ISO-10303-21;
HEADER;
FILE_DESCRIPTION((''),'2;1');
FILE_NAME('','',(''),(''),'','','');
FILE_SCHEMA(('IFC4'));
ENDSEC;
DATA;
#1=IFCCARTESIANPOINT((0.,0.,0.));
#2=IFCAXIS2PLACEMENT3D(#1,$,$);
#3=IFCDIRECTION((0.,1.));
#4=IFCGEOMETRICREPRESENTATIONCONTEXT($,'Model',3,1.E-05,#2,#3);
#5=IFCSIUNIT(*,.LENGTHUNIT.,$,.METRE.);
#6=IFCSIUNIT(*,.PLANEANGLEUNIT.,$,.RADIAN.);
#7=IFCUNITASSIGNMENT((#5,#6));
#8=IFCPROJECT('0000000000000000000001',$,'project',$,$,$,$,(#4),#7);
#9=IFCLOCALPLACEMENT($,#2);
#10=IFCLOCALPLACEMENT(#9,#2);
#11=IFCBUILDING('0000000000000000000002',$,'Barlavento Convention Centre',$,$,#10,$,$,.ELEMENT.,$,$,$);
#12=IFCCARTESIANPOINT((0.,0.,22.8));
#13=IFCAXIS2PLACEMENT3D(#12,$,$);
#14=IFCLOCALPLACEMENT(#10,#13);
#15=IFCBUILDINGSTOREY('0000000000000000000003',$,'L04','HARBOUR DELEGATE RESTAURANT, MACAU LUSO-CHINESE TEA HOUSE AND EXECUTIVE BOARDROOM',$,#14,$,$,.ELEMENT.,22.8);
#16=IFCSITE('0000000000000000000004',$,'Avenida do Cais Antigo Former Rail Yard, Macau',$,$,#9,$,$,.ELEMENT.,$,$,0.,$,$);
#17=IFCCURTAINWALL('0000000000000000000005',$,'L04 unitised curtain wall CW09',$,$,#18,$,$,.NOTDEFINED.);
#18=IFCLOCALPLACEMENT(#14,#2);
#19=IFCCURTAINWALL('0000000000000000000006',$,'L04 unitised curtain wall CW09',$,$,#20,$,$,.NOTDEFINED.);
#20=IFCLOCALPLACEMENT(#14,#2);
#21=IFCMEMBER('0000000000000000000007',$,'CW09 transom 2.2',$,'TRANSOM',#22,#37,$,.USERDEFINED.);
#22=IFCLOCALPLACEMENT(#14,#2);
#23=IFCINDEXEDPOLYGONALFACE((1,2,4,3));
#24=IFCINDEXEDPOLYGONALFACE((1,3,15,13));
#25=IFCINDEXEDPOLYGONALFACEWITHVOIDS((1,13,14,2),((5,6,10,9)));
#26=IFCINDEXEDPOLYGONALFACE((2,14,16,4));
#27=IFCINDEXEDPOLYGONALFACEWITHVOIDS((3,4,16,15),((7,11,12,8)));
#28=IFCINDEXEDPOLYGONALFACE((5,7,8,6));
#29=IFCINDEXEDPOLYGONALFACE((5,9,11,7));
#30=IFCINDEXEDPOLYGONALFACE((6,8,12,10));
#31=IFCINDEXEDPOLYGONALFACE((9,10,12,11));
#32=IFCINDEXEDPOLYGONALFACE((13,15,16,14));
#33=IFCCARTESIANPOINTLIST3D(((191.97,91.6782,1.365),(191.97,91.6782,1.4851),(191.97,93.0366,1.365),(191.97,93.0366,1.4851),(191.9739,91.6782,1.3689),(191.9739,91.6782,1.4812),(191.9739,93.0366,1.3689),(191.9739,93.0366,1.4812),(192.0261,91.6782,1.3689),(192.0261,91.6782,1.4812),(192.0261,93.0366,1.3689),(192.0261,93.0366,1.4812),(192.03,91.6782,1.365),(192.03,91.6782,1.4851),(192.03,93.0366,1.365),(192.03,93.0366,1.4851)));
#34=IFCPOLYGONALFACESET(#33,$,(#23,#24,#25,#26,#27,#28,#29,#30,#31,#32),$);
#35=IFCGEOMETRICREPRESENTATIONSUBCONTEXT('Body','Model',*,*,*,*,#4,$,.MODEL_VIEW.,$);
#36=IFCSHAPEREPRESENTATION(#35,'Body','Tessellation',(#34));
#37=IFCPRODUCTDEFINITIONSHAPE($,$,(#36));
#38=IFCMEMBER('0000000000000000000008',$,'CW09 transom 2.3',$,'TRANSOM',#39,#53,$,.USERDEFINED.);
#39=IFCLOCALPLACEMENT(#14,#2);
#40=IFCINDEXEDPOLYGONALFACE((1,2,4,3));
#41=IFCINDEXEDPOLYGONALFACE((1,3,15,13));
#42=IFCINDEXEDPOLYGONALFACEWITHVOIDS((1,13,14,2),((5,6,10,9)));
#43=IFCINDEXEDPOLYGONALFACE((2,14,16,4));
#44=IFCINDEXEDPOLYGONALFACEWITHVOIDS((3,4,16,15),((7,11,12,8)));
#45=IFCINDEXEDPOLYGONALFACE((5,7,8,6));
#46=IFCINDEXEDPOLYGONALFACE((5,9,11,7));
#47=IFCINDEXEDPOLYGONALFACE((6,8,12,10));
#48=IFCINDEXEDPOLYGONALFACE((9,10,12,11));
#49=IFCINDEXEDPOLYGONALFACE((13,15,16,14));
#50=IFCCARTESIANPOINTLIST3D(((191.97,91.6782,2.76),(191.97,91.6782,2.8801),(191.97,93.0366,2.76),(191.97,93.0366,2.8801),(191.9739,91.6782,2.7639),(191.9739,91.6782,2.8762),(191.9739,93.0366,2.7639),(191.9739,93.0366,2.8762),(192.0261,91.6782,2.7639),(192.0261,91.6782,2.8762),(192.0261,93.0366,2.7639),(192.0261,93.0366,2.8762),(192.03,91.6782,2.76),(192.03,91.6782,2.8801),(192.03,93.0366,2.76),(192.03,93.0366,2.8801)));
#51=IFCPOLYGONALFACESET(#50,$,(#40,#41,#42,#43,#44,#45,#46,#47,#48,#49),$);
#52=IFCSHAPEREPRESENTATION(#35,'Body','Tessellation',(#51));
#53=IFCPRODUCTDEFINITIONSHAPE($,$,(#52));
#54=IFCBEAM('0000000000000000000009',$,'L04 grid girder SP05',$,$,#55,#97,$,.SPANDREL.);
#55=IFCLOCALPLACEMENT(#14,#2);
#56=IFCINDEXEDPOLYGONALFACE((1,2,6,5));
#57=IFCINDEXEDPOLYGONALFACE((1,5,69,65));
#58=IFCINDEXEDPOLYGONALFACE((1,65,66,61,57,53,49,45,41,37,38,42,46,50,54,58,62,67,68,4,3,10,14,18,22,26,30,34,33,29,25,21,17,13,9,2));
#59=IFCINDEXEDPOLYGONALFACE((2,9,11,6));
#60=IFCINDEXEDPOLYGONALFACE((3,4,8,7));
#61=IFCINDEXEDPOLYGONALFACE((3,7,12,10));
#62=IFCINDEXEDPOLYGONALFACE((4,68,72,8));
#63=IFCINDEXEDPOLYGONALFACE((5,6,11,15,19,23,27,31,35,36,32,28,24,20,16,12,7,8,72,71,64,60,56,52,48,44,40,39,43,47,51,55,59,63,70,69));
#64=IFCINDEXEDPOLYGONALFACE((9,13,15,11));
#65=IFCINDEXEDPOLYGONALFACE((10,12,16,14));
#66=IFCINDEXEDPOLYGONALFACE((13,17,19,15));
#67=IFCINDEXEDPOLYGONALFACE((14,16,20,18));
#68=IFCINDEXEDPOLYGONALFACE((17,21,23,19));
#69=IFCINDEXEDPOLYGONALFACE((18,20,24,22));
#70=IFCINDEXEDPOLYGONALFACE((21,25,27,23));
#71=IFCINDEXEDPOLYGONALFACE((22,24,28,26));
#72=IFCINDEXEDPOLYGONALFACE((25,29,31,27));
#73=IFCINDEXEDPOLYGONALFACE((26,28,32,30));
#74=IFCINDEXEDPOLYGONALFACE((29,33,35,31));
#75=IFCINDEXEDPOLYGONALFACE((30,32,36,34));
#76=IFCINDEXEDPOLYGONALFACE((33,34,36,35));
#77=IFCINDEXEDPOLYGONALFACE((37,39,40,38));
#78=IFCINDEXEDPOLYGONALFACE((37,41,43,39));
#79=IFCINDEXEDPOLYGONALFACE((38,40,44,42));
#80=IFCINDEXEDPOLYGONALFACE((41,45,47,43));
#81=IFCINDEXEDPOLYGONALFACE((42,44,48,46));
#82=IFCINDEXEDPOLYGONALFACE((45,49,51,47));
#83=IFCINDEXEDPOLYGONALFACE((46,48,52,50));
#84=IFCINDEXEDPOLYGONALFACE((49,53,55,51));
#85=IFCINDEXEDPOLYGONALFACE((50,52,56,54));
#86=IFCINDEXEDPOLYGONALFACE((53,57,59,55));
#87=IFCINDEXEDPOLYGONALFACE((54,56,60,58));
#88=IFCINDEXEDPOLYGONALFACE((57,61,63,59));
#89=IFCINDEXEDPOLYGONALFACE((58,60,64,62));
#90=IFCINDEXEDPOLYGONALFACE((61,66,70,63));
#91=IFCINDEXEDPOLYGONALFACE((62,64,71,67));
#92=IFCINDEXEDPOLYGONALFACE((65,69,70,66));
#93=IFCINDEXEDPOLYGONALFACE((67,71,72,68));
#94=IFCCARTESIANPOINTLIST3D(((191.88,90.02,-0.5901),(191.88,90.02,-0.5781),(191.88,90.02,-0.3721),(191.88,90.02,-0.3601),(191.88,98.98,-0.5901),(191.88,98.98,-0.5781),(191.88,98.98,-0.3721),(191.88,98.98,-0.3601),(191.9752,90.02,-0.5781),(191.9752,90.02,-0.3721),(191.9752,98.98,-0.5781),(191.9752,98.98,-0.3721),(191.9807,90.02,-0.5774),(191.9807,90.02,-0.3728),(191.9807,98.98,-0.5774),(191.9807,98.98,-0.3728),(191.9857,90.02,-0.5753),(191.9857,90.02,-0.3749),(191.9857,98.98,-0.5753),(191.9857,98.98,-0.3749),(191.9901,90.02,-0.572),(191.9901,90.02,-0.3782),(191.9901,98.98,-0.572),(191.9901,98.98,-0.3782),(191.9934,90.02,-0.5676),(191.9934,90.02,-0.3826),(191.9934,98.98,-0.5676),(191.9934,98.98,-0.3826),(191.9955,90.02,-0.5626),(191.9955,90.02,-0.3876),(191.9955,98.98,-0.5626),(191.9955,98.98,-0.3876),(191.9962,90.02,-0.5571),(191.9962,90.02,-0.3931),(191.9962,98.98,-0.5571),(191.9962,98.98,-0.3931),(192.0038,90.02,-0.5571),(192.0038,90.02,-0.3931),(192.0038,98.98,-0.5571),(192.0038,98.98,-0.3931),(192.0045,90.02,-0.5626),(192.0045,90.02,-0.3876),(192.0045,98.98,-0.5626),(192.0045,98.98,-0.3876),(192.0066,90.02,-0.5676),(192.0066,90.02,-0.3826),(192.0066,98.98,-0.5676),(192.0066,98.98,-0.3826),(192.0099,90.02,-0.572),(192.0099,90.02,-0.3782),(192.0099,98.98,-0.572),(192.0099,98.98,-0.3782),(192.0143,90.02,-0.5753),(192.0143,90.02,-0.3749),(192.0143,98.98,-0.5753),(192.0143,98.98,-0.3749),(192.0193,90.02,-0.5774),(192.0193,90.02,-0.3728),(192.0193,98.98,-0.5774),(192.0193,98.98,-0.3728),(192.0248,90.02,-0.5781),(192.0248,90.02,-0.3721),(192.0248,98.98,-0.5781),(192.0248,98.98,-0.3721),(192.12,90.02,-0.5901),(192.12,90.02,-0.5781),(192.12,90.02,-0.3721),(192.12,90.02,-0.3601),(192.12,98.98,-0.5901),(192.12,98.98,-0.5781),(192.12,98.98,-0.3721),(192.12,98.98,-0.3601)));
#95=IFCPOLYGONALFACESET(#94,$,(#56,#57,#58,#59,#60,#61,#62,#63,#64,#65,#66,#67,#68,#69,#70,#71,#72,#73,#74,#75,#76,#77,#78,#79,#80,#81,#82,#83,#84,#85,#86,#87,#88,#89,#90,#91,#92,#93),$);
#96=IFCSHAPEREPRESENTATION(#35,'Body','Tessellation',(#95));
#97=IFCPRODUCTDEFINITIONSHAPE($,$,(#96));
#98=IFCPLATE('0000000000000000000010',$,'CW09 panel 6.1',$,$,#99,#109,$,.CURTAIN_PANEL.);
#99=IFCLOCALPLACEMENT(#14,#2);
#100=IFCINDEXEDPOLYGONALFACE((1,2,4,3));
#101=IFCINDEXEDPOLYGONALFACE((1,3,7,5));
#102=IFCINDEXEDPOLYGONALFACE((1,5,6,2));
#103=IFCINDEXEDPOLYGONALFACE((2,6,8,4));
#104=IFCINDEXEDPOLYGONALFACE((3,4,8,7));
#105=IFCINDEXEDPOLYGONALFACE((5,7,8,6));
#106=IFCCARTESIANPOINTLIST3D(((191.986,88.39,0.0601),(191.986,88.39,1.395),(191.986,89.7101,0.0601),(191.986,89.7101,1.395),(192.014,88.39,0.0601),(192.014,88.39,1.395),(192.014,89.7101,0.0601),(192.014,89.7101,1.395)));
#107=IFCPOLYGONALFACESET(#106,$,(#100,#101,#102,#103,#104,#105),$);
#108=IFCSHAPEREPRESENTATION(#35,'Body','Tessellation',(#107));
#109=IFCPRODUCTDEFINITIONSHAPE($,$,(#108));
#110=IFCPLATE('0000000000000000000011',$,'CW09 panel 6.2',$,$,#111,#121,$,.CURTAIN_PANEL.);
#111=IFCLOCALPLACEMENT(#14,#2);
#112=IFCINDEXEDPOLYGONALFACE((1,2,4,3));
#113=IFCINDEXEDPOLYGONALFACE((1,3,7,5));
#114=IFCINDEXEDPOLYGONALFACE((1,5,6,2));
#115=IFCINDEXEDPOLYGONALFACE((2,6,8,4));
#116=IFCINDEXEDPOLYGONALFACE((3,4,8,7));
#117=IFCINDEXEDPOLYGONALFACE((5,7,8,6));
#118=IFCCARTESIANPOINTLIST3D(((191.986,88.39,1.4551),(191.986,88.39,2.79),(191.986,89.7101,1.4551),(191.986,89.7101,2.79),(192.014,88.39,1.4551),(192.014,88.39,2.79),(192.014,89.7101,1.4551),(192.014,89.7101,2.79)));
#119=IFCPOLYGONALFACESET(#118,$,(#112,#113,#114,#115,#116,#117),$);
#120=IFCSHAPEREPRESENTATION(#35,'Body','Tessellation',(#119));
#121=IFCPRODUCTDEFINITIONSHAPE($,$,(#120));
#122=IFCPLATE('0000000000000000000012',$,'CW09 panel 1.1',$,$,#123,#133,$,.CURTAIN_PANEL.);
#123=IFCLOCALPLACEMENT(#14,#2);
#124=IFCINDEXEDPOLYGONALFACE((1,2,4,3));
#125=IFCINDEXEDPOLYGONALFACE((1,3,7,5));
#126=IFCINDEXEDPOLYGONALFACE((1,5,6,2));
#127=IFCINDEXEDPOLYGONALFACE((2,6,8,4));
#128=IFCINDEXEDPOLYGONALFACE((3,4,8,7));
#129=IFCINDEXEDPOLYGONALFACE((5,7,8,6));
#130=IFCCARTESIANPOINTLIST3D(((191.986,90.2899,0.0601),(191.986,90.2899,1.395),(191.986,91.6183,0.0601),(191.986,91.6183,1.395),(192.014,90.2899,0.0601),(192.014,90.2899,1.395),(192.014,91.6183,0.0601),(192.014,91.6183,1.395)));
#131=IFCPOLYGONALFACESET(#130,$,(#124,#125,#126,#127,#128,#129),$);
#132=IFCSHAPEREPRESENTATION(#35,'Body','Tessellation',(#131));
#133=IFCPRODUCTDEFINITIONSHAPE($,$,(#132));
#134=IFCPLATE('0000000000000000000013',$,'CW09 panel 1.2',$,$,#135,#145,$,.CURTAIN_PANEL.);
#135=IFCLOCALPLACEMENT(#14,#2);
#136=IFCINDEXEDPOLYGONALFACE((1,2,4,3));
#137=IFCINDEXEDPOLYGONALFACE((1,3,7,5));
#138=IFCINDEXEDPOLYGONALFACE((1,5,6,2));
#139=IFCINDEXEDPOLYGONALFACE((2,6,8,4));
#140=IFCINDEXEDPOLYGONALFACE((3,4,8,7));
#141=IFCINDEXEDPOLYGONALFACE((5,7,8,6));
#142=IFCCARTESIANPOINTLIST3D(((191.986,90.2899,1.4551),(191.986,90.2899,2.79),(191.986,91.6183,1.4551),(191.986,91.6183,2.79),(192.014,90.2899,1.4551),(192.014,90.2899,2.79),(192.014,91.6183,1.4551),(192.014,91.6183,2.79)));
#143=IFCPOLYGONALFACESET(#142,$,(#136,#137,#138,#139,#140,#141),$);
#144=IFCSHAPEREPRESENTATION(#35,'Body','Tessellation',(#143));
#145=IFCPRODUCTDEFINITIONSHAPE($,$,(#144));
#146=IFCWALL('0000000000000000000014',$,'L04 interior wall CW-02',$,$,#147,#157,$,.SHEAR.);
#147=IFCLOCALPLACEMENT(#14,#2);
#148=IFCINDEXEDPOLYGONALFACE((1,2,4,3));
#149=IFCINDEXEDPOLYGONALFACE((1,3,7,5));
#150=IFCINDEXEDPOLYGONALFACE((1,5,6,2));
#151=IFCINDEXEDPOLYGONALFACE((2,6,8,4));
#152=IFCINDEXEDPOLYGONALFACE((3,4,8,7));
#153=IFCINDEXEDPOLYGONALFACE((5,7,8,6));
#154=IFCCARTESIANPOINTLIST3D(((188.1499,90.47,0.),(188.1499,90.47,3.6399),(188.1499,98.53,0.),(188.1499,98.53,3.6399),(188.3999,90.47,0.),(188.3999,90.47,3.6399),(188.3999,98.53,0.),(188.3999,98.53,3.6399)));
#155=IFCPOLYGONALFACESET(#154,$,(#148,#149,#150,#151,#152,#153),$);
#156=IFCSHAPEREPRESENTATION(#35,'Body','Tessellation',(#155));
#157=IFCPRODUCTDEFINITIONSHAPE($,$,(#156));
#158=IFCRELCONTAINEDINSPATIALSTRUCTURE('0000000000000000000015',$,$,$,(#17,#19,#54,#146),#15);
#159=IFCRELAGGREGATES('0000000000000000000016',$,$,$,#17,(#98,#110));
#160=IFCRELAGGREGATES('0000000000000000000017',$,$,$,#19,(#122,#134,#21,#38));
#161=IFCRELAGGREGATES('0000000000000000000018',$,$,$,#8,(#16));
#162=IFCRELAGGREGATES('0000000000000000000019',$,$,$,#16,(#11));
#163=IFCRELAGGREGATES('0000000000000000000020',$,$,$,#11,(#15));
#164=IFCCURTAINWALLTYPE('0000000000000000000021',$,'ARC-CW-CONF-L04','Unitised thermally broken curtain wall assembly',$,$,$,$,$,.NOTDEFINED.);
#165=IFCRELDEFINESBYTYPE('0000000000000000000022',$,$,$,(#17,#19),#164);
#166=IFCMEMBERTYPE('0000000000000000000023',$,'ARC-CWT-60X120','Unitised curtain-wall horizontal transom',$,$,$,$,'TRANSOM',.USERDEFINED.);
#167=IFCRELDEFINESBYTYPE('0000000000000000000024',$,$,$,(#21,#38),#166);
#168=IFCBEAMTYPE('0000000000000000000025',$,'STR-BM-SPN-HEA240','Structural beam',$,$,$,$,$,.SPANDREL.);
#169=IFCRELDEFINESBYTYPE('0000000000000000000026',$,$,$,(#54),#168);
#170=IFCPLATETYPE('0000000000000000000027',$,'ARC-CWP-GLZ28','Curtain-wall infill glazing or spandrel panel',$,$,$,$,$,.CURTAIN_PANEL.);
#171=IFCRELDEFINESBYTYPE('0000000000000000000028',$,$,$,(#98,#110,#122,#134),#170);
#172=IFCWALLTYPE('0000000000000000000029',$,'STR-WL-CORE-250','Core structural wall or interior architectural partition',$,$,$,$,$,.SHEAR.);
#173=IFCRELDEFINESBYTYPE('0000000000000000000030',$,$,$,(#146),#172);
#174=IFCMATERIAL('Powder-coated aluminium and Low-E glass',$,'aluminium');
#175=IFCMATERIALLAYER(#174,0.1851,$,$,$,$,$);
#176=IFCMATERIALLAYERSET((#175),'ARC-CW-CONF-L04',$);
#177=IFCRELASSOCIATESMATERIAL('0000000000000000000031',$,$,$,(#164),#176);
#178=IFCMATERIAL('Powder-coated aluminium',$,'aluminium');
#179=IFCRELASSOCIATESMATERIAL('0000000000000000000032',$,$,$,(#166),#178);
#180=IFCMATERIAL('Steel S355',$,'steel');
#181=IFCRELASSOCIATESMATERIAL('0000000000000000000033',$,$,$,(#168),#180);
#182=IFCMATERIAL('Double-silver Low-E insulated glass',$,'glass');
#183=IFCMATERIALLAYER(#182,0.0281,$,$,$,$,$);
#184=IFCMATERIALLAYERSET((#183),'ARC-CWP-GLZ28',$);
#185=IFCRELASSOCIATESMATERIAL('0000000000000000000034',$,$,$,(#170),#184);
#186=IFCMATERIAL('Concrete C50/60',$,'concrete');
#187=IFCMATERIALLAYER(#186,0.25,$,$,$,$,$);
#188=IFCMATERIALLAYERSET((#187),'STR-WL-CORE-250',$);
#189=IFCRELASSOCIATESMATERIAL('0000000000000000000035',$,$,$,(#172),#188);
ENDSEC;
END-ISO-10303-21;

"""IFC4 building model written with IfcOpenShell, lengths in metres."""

from ifc_helpers import new_model, si_unit, direction, frame, frame_2d, origin, origin_2d, place, context, subcontext, project, spatial, rectangle, hollow_rectangle, i_section, extrude, material, layer, layer_set, material_profile, profile_set, type_object, element, aggregate, save


model = new_model("IFC4")

# Units and contexts
model_context = context("Model", 3, precision=1e-05, world=origin(), true_north=direction((0.0, 1.0)))
body_context = subcontext(model_context, "Body", "Model", "MODEL_VIEW")
ifc_project = project(units=[si_unit("LENGTHUNIT", "METRE"), si_unit("PLANEANGLEUNIT", "RADIAN")], contexts=[model_context])

# Site, building, storey
site_placement = place(None, origin())
site = spatial("IfcSite", under=ifc_project, at=site_placement, Name="Avenida do Cais Antigo Former Rail Yard, Macau", CompositionType="ELEMENT", RefElevation=0.0)
building_placement = place(site_placement, origin())
building = spatial("IfcBuilding", under=site, at=building_placement, Name="Barlavento Convention Centre", CompositionType="ELEMENT")
storey_placement = place(building_placement, frame((0.0, 0.0, 22.8)))
storey = spatial("IfcBuildingStorey", under=building, at=storey_placement, Name="L04", Description="HARBOUR DELEGATE RESTAURANT, MACAU LUSO-CHINESE TEA HOUSE AND EXECUTIVE BOARDROOM", CompositionType="ELEMENT", Elevation=22.8)

# Shared definitions
ifc_material_1 = material(Name="Steel S355", Category="steel")

# Curtain wall
ifc_material_2 = material(Name="Powder-coated aluminium and Low-E glass", Category="aluminium")
ifc_layer_1 = layer(ifc_material_2, 0.1851)
ifc_layer_set_1 = layer_set([ifc_layer_1], Name="ARC-CW-CONF-L04")
curtain_wall_type = type_object("IfcCurtainWallType", Name="ARC-CW-CONF-L04", Description="Unitised thermally broken curtain wall assembly", PredefinedType="NOTDEFINED", material=ifc_layer_set_1)
curtain_wall_1_placement = place(storey_placement, origin())
curtain_wall_1 = element("IfcCurtainWall", 1, at=curtain_wall_1_placement, inside=storey, type_object=curtain_wall_type, Name="L04 unitised curtain wall CW09", PredefinedType="NOTDEFINED")
ifc_material_3 = material(Name="Powder-coated aluminium", Category="aluminium")

# Curtain wall
curtain_wall_2_placement = place(storey_placement, origin())
curtain_wall_2 = element("IfcCurtainWall", 2, at=curtain_wall_2_placement, inside=storey, type_object=curtain_wall_type, Name="L04 unitised curtain wall CW09", PredefinedType="NOTDEFINED")

# Members
ifc_material_profile_1 = material_profile(ifc_material_3, hollow_rectangle(XDim=0.0601, YDim=0.1201, WallThickness=0.0039, at=origin_2d()), Name="AL-TRAN 60x120x4")
ifc_profile_set_1 = profile_set([ifc_material_profile_1], Name="Powder-coated aluminium")
member_type_1 = type_object("IfcMemberType", Name="ARC-CWT-60X120", Description="Unitised curtain-wall horizontal transom", ElementType="TRANSOM", PredefinedType="USERDEFINED", material=ifc_profile_set_1)
member_1_placement = place(storey_placement, frame((192.0, 91.6782, 1.425), z_axis=(0.0, 1.0, 0.0), x_axis=(-1.0, 0.0, 0.0)))
member_1 = element("IfcMember", 3, at=member_1_placement, type_object=member_type_1, Name="CW09 transom 2.2", ObjectType="TRANSOM", PredefinedType="USERDEFINED", context=body_context, shape_type="SweptSolid", body=[
    extrude(hollow_rectangle(XDim=0.0601, YDim=0.1201, WallThickness=0.0039, at=origin_2d()), origin(), (0.0, 0.0, 1.0), 1.3584),
])
member_2_placement = place(storey_placement, frame((192.0, 91.6782, 2.8201), z_axis=(0.0, 1.0, 0.0), x_axis=(-1.0, 0.0, 0.0)))
member_2 = element("IfcMember", 4, at=member_2_placement, type_object=member_type_1, Name="CW09 transom 2.3", ObjectType="TRANSOM", PredefinedType="USERDEFINED", context=body_context, shape_type="SweptSolid", body=[
    extrude(hollow_rectangle(XDim=0.0601, YDim=0.1201, WallThickness=0.0039, at=origin_2d()), origin(), (0.0, 0.0, 1.0), 1.3584),
])

# Beam
ifc_material_profile_2 = material_profile(ifc_material_1, i_section(OverallWidth=0.24, OverallDepth=0.23, WebThickness=0.0076, FlangeThickness=0.012, FilletRadius=0.021, at=origin_2d()), Name="HEA 240")
ifc_profile_set_2 = profile_set([ifc_material_profile_2], Name="Steel S355")
beam_type = type_object("IfcBeamType", Name="STR-BM-SPN-HEA240", Description="Structural beam", PredefinedType="SPANDREL", material=ifc_profile_set_2)
beam_placement = place(storey_placement, frame((192.0, 90.02, -0.4751), z_axis=(0.0, 1.0, 0.0), x_axis=(-1.0, 0.0, 0.0)))
element("IfcBeam", 5, at=beam_placement, inside=storey, type_object=beam_type, Name="L04 grid girder SP05", PredefinedType="SPANDREL", context=body_context, shape_type="SweptSolid", body=[
    extrude(i_section(OverallWidth=0.24, OverallDepth=0.23, WebThickness=0.0076, FlangeThickness=0.012, FilletRadius=0.021, at=origin_2d()), origin(), (0.0, 0.0, 1.0), 8.96),
])

# Plates
ifc_material_4 = material(Name="Double-silver Low-E insulated glass", Category="glass")
ifc_layer_2 = layer(ifc_material_4, 0.0281)
ifc_layer_set_2 = layer_set([ifc_layer_2], Name="ARC-CWP-GLZ28")
plate_type = type_object("IfcPlateType", Name="ARC-CWP-GLZ28", Description="Curtain-wall infill glazing or spandrel panel", PredefinedType="CURTAIN_PANEL", material=ifc_layer_set_2)
plate_1_placement = place(storey_placement, frame((192.0, 89.05, 0.0601), z_axis=(0.0, 0.0, 1.0), x_axis=(0.0, 1.0, 0.0)))
plate_1 = element("IfcPlate", 6, at=plate_1_placement, type_object=plate_type, Name="CW09 panel 6.1", PredefinedType="CURTAIN_PANEL", context=body_context, shape_type="SweptSolid", body=[
    extrude(rectangle(XDim=1.3201, YDim=0.0281, at=origin_2d()), origin(), (0.0, 0.0, 1.0), 1.335),
])
plate_2_placement = place(storey_placement, frame((192.0, 89.05, 1.4551), z_axis=(0.0, 0.0, 1.0), x_axis=(0.0, 1.0, 0.0)))
plate_2 = element("IfcPlate", 7, at=plate_2_placement, type_object=plate_type, Name="CW09 panel 6.2", PredefinedType="CURTAIN_PANEL", context=body_context, shape_type="SweptSolid", body=[
    extrude(rectangle(XDim=1.3201, YDim=0.0281, at=origin_2d()), origin(), (0.0, 0.0, 1.0), 1.335),
])
aggregate(curtain_wall_1, [plate_1, plate_2])
plate_3_placement = place(storey_placement, frame((192.0, 90.9541, 0.0601), z_axis=(0.0, 0.0, 1.0), x_axis=(0.0, 1.0, 0.0)))
plate_3 = element("IfcPlate", 8, at=plate_3_placement, type_object=plate_type, Name="CW09 panel 1.1", PredefinedType="CURTAIN_PANEL", context=body_context, shape_type="SweptSolid", body=[
    extrude(rectangle(XDim=1.3284, YDim=0.0281, at=origin_2d()), origin(), (0.0, 0.0, 1.0), 1.335),
])
plate_4_placement = place(storey_placement, frame((192.0, 90.9541, 1.4551), z_axis=(0.0, 0.0, 1.0), x_axis=(0.0, 1.0, 0.0)))
plate_4 = element("IfcPlate", 9, at=plate_4_placement, type_object=plate_type, Name="CW09 panel 1.2", PredefinedType="CURTAIN_PANEL", context=body_context, shape_type="SweptSolid", body=[
    extrude(rectangle(XDim=1.3284, YDim=0.0281, at=origin_2d()), origin(), (0.0, 0.0, 1.0), 1.335),
])
aggregate(curtain_wall_2, [plate_3, plate_4, member_1, member_2])

# Wall
ifc_material_5 = material(Name="Concrete C50/60", Category="concrete")
ifc_layer_3 = layer(ifc_material_5, 0.25)
ifc_layer_set_3 = layer_set([ifc_layer_3], Name="STR-WL-CORE-250")
wall_type = type_object("IfcWallType", Name="STR-WL-CORE-250", Description="Core structural wall or interior architectural partition", PredefinedType="SHEAR", material=ifc_layer_set_3)
wall_placement = place(storey_placement, frame((188.2749, 90.47, 0.0), z_axis=(0.0, 0.0, 1.0), x_axis=(0.0, 1.0, 0.0)))
element("IfcWall", 10, at=wall_placement, inside=storey, type_object=wall_type, Name="L04 interior wall CW-02", PredefinedType="SHEAR", context=body_context, shape_type="SweptSolid", body=[
    extrude(rectangle(XDim=8.0601, YDim=0.25, at=frame_2d((4.03, 0.0))), origin(), (0.0, 0.0, 1.0), 3.6399),
])

save(model, "model.ifc")
